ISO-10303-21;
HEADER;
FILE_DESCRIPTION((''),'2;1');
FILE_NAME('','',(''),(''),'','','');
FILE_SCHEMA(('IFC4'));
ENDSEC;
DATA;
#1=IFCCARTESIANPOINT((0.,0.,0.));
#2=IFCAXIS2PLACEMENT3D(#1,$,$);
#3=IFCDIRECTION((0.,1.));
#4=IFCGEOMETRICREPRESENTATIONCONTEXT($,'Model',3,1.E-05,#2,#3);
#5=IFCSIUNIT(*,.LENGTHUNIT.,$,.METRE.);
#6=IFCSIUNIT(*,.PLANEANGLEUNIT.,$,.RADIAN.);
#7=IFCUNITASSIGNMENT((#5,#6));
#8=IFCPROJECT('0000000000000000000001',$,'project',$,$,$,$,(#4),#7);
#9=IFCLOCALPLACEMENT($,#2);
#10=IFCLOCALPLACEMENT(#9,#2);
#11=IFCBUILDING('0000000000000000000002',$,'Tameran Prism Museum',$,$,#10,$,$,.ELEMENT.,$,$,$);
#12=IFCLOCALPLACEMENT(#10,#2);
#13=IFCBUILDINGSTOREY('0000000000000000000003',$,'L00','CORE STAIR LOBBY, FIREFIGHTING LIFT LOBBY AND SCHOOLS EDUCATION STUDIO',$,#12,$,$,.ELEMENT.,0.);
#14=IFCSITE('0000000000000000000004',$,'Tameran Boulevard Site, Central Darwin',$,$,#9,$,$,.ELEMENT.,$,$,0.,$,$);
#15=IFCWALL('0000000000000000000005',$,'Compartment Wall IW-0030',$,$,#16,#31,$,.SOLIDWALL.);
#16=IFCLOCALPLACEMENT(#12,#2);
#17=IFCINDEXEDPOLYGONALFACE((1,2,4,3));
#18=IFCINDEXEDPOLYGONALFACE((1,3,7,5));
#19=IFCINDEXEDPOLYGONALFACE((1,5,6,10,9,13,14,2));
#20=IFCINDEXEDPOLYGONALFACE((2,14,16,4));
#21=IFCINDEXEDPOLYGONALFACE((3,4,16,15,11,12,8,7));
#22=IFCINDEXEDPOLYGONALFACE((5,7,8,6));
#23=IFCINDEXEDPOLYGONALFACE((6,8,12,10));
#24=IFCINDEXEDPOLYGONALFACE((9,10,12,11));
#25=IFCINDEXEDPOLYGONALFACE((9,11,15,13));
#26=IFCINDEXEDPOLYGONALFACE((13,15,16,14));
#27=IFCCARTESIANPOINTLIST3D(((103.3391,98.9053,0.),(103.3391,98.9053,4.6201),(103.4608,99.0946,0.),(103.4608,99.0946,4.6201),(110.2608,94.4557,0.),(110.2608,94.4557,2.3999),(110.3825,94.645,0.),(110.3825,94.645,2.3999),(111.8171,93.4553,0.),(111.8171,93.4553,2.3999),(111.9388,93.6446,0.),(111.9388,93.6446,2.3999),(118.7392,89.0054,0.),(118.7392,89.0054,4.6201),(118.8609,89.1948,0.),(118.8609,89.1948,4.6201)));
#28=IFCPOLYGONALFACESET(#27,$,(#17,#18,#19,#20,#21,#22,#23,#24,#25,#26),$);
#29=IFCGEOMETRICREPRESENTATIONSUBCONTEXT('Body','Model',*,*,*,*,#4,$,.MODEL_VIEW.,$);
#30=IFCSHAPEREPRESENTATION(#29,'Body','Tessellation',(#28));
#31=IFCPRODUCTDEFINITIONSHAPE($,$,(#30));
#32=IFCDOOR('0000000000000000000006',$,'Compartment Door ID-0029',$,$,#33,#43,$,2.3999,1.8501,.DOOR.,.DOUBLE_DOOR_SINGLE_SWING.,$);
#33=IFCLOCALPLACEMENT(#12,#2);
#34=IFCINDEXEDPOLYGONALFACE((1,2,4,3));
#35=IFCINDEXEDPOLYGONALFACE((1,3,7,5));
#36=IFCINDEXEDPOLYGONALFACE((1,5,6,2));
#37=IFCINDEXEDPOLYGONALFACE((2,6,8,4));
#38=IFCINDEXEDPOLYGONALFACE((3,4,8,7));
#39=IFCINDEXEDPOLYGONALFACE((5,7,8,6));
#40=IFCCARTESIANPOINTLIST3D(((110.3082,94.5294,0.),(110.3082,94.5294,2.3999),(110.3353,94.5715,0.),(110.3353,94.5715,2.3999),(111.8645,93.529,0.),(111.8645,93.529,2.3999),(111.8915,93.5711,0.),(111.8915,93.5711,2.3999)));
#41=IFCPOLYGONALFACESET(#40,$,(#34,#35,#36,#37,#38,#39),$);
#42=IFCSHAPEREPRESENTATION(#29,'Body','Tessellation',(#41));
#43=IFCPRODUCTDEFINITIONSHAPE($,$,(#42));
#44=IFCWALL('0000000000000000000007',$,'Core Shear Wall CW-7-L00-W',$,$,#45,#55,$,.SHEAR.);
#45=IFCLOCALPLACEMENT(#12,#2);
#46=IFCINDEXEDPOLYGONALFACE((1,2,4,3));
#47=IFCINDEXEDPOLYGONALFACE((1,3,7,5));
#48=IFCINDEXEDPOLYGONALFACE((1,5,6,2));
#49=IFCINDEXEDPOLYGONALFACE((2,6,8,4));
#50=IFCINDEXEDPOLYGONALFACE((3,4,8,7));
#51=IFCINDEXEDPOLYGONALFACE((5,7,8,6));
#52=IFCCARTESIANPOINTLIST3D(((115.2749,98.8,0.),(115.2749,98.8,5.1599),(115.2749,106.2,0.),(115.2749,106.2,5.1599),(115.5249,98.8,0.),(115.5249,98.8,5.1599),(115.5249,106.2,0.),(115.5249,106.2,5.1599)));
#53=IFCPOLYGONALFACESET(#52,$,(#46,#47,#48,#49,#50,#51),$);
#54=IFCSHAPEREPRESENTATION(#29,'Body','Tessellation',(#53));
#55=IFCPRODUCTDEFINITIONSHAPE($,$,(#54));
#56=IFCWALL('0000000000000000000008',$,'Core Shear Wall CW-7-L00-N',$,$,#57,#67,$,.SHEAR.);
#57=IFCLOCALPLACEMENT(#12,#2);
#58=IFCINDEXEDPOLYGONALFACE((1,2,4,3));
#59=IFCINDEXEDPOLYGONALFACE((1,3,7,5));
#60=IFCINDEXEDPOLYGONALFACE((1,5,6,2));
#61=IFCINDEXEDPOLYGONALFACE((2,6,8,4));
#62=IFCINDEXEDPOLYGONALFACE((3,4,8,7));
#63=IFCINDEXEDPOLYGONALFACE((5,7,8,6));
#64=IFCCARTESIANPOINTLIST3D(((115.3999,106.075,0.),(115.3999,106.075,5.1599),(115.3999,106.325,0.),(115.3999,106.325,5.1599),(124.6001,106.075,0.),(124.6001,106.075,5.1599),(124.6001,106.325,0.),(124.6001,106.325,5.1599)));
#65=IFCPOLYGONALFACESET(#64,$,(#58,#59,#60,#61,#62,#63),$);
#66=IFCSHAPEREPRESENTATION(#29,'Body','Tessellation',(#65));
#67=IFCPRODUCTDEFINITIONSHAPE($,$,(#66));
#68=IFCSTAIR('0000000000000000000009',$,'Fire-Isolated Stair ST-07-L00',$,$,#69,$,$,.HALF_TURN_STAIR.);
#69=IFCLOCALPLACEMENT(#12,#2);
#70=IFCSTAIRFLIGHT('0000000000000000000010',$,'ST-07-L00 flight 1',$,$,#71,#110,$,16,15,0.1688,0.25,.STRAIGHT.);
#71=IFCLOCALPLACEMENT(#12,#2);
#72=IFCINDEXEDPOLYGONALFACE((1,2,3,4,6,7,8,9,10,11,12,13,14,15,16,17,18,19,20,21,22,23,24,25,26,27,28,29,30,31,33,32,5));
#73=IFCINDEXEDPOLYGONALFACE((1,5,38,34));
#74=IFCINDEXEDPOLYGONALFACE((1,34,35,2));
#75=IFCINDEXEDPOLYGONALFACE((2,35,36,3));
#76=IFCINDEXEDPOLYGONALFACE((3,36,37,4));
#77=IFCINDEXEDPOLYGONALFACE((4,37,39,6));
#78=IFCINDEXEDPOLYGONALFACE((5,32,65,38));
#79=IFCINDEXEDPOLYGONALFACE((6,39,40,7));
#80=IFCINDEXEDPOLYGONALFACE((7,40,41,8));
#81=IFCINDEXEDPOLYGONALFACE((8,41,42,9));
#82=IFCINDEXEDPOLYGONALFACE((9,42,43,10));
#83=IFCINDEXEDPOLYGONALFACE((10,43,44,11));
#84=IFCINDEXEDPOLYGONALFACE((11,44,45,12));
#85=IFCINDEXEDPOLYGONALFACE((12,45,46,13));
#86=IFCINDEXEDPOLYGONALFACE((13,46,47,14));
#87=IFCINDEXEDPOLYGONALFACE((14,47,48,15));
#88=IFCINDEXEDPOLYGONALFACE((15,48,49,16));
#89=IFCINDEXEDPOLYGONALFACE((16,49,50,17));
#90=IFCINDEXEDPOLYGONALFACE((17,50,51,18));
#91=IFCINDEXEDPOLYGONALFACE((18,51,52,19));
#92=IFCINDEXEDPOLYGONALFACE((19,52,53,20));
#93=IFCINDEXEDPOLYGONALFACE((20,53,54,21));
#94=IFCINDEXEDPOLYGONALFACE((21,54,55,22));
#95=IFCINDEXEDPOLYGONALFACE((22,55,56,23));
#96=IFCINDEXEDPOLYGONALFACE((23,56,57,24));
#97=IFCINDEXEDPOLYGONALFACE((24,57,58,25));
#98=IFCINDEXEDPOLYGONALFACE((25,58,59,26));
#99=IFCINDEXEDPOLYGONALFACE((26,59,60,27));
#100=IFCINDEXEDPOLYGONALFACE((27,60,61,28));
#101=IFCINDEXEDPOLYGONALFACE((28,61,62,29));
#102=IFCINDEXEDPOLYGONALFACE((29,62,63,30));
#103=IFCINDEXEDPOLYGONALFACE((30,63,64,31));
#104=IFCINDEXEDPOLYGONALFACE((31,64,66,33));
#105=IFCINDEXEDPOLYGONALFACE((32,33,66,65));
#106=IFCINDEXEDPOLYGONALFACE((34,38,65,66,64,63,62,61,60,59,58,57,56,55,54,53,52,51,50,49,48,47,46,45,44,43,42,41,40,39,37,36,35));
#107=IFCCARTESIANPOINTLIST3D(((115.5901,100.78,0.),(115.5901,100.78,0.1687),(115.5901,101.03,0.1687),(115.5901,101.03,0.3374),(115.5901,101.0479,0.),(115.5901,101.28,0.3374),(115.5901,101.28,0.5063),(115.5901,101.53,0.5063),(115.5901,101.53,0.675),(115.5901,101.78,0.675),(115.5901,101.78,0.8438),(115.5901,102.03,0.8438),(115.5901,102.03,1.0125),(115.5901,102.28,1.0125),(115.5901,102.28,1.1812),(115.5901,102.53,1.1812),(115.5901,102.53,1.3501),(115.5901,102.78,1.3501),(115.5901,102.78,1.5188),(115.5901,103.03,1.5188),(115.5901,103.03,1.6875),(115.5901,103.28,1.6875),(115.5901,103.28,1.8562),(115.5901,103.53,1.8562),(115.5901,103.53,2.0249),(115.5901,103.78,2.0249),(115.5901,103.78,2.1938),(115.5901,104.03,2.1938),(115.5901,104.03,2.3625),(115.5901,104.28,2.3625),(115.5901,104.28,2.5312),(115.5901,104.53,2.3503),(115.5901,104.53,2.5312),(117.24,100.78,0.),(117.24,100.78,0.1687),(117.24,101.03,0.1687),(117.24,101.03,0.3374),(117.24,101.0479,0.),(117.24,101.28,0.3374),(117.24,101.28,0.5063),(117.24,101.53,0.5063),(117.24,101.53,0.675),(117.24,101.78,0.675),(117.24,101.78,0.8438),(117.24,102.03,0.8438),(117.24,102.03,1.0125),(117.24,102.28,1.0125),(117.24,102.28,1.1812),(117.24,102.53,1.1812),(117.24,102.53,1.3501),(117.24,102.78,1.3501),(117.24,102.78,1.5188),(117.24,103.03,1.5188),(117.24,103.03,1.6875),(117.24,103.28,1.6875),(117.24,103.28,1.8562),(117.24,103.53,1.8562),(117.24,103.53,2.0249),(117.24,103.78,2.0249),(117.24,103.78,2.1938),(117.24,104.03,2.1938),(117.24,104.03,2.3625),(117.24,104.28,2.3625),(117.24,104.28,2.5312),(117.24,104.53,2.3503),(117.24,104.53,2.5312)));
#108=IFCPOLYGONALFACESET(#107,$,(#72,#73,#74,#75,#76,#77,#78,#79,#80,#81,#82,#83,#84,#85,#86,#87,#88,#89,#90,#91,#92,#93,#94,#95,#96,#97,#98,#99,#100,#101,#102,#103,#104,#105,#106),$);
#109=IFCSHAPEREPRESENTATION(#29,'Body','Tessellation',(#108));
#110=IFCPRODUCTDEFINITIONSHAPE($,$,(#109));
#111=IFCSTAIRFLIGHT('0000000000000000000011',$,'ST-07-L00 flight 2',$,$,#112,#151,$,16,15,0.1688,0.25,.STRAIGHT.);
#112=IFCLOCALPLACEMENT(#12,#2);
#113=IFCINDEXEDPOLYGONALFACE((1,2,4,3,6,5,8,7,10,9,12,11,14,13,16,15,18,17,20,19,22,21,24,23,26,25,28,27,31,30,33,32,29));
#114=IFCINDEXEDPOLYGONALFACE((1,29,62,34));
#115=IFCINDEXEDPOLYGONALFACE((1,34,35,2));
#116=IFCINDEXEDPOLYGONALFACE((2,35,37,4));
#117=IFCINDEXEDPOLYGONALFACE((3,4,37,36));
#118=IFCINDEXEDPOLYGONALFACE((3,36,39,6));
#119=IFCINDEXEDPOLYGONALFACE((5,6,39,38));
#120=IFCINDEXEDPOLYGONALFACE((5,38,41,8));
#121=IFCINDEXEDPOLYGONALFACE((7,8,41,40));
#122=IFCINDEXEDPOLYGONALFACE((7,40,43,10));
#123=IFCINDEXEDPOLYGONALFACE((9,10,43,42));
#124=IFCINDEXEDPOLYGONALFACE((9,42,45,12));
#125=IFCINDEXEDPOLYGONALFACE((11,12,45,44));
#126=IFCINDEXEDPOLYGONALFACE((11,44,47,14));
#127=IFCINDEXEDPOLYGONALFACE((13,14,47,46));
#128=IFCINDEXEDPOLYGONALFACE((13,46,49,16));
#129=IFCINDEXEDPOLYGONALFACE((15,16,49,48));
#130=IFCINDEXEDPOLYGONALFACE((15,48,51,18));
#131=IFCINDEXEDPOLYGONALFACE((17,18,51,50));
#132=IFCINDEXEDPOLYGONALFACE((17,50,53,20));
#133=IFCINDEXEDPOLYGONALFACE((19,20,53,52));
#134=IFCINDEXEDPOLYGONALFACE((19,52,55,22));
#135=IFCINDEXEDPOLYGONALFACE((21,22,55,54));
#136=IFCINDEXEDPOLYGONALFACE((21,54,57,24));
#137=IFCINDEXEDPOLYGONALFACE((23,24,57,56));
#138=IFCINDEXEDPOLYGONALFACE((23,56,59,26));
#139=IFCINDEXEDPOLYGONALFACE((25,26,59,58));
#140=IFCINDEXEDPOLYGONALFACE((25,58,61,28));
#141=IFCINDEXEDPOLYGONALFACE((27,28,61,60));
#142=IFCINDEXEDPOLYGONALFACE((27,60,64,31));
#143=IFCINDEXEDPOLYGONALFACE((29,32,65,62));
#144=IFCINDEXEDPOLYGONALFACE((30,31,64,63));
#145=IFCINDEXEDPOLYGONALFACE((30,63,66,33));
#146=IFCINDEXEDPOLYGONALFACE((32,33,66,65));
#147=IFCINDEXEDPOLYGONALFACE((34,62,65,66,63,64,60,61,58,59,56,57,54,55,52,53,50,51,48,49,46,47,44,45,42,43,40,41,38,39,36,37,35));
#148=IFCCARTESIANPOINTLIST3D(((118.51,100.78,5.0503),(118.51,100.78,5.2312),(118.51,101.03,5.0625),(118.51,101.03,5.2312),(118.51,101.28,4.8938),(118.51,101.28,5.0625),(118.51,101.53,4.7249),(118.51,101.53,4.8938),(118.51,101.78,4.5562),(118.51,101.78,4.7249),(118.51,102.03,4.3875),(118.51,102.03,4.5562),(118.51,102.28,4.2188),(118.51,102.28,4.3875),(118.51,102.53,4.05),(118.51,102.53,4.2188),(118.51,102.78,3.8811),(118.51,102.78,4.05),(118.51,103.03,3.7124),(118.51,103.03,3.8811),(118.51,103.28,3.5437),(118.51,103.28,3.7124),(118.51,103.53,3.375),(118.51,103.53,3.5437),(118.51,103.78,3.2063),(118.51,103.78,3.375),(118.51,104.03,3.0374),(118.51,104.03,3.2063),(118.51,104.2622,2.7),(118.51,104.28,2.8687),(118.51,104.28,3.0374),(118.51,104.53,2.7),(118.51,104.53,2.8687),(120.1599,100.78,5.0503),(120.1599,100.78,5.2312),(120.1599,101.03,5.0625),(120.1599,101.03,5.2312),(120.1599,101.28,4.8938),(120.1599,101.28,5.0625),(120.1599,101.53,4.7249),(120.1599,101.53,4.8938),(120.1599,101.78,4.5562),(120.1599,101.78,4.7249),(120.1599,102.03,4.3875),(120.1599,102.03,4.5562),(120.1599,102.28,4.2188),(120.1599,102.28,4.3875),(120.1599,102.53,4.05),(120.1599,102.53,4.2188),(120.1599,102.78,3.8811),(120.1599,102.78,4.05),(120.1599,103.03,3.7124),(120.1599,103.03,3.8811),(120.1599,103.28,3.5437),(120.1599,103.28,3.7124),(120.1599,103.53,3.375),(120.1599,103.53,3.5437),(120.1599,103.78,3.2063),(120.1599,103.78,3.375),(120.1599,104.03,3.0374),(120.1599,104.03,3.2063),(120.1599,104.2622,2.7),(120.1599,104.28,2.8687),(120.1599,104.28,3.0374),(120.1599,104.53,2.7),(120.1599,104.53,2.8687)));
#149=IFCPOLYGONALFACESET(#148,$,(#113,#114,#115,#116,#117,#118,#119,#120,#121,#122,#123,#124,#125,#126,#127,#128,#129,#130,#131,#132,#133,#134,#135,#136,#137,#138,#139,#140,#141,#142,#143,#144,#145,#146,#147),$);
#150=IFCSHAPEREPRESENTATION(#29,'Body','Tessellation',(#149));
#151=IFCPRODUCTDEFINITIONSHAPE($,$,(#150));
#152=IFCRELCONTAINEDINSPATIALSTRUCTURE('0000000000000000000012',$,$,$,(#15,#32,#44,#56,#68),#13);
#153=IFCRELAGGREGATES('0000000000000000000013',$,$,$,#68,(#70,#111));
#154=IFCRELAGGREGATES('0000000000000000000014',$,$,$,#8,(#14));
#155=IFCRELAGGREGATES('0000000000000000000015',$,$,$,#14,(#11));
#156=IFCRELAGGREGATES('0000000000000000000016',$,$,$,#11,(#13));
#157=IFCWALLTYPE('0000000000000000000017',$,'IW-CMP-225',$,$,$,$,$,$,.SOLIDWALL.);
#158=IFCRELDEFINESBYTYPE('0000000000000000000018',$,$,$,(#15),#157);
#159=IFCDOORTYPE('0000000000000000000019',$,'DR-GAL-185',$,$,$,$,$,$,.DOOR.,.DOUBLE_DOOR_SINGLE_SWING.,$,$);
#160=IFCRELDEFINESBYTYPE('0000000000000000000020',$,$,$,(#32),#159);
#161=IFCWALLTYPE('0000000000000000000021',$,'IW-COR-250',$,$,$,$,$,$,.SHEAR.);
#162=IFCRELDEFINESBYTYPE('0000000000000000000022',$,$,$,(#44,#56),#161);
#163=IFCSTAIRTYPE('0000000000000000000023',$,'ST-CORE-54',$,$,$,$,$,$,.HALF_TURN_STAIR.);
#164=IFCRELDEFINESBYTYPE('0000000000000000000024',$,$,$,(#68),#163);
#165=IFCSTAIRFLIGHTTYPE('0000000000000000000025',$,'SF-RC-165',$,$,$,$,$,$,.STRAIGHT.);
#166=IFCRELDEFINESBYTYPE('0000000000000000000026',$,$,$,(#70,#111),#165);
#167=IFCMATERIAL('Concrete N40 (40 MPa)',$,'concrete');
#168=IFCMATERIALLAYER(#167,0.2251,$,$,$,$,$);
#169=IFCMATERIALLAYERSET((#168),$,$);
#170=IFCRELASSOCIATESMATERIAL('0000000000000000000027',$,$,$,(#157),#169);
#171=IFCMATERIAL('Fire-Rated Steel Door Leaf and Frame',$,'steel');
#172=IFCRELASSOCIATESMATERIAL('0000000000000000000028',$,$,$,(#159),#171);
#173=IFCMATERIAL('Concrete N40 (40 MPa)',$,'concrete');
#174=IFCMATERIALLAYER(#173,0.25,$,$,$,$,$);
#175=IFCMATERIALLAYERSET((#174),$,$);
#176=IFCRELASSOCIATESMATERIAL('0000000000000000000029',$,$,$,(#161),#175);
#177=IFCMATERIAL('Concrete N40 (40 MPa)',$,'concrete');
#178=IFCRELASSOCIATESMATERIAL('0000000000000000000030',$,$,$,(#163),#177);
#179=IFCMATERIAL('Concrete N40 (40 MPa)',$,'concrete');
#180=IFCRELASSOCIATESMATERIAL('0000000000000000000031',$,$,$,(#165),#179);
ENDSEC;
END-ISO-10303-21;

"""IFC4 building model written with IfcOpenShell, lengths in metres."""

from ifc_helpers import new_model, si_unit, direction, frame, frame_2d, origin, place, context, subcontext, project, spatial, polyline, rectangle, outline, extrude, material, layer, layer_set, type_object, element, fill, aggregate, save


model = new_model("IFC4")

# Units and contexts
model_context = context("Model", 3, precision=1e-05, world=origin(), true_north=direction((0.0, 1.0)))
body_context = subcontext(model_context, "Body", "Model", "MODEL_VIEW")
ifc_project = project(units=[si_unit("LENGTHUNIT", "METRE"), si_unit("PLANEANGLEUNIT", "RADIAN")], contexts=[model_context])

# Site, building, storey
site_placement = place(None, origin())
site = spatial("IfcSite", under=ifc_project, at=site_placement, Name="Tameran Boulevard Site, Central Darwin", CompositionType="ELEMENT", RefElevation=0.0)
building_placement = place(site_placement, origin())
building = spatial("IfcBuilding", under=site, at=building_placement, Name="Tameran Prism Museum", CompositionType="ELEMENT")
storey_placement = place(building_placement, origin())
storey = spatial("IfcBuildingStorey", under=building, at=storey_placement, Name="L00", Description="CORE STAIR LOBBY, FIREFIGHTING LIFT LOBBY AND SCHOOLS EDUCATION STUDIO", CompositionType="ELEMENT", Elevation=0.0)

# Wall, opening, door
ifc_material_1 = material(Name="Concrete N40 (40 MPa)", Category="concrete")
ifc_layer_1 = layer(ifc_material_1, 0.2251)
ifc_layer_set_1 = layer_set([ifc_layer_1])
wall_type_1 = type_object("IfcWallType", Name="IW-CMP-225", PredefinedType="SOLIDWALL", material=ifc_layer_set_1)
wall_1_placement = place(storey_placement, frame((118.8, 89.1001, 0.0), z_axis=(0.0, 0.0, 1.0), x_axis=(-0.841183, 0.54075, 0.0)))
wall_1 = element("IfcWall", 1, at=wall_1_placement, inside=storey, type_object=wall_type_1, Name="Compartment Wall IW-0030", PredefinedType="SOLIDWALL", context=body_context, shape_type="SweptSolid", body=[
    extrude(rectangle(XDim=18.3076, YDim=0.2251, at=frame_2d((9.1538, 0.0))), origin(), (0.0, 0.0, 1.0), 4.6201),
])
opening_placement = place(wall_1_placement, frame((8.229, 0.0, 0.0)))
opening = element("IfcOpeningElement", 2, at=opening_placement, cuts=wall_1, PredefinedType="OPENING", context=body_context, shape_type="SweptSolid", body=[
    extrude(rectangle(XDim=1.8501, YDim=2.3999, at=frame_2d((0.925, 1.2))), frame((0.0, 0.1226, 0.0), z_axis=(0.0, -1.0, 0.0), x_axis=(1.0, 0.0, 0.0)), (0.0, 0.0, 1.0), 0.2451),
])
ifc_material_2 = material(Name="Fire-Rated Steel Door Leaf and Frame", Category="steel")
door_type = type_object("IfcDoorType", Name="DR-GAL-185", OperationType="DOUBLE_DOOR_SINGLE_SWING", PredefinedType="DOOR", material=ifc_material_2)
door_placement = place(opening_placement, origin())
door = element("IfcDoor", 3, at=door_placement, inside=storey, type_object=door_type, Name="Compartment Door ID-0029", OperationType="DOUBLE_DOOR_SINGLE_SWING", OverallHeight=2.3999, OverallWidth=1.8501, PredefinedType="DOOR", context=body_context, shape_type="SweptSolid", body=[
    extrude(rectangle(XDim=1.8501, YDim=2.3999, at=frame_2d((0.925, 1.2))), frame((0.0, 0.0249, 0.0), z_axis=(0.0, -1.0, 0.0), x_axis=(1.0, 0.0, 0.0)), (0.0, 0.0, 1.0), 0.05),
])
fill(opening, door)

# Walls
ifc_material_3 = material(Name="Concrete N40 (40 MPa)", Category="concrete")
ifc_layer_2 = layer(ifc_material_3, 0.25)
ifc_layer_set_2 = layer_set([ifc_layer_2])
wall_type_2 = type_object("IfcWallType", Name="IW-COR-250", PredefinedType="SHEAR", material=ifc_layer_set_2)
wall_2_placement = place(storey_placement, frame((115.3999, 98.8, 0.0), z_axis=(0.0, 0.0, 1.0), x_axis=(0.0, 1.0, 0.0)))
element("IfcWall", 4, at=wall_2_placement, inside=storey, type_object=wall_type_2, Name="Core Shear Wall CW-7-L00-W", PredefinedType="SHEAR", context=body_context, shape_type="SweptSolid", body=[
    extrude(rectangle(XDim=7.3999, YDim=0.25, at=frame_2d((3.7, 0.0))), origin(), (0.0, 0.0, 1.0), 5.1599),
])
wall_3_placement = place(storey_placement, frame((115.3999, 106.2, 0.0), z_axis=(0.0, 0.0, 1.0), x_axis=(1.0, 0.0, 0.0)))
element("IfcWall", 5, at=wall_3_placement, inside=storey, type_object=wall_type_2, Name="Core Shear Wall CW-7-L00-N", PredefinedType="SHEAR", context=body_context, shape_type="SweptSolid", body=[
    extrude(rectangle(XDim=9.2002, YDim=0.25, at=frame_2d((4.6001, 0.0))), origin(), (0.0, 0.0, 1.0), 5.1599),
])

# Stair, stair flights
ifc_material_4 = material(Name="Concrete N40 (40 MPa)", Category="concrete")
stair_type = type_object("IfcStairType", Name="ST-CORE-54", PredefinedType="HALF_TURN_STAIR", material=ifc_material_4)
stair_placement = place(storey_placement, origin())
stair = element("IfcStair", 6, at=stair_placement, inside=storey, type_object=stair_type, Name="Fire-Isolated Stair ST-07-L00", PredefinedType="HALF_TURN_STAIR")
ifc_material_5 = material(Name="Concrete N40 (40 MPa)", Category="concrete")
stair_flight_type = type_object("IfcStairFlightType", Name="SF-RC-165", PredefinedType="STRAIGHT", material=ifc_material_5)
stair_flight_1_placement = place(storey_placement, frame((116.415, 100.78, 0.0), z_axis=(0.0, 0.0, 1.0), x_axis=(0.0, 1.0, 0.0)))
stair_flight_1 = element("IfcStairFlight", 7, at=stair_flight_1_placement, type_object=stair_flight_type, Name="ST-07-L00 flight 1", NumberOfRisers=16, NumberOfTreads=15, PredefinedType="STRAIGHT", RiserHeight=0.1688, TreadLength=0.25, context=body_context, shape_type="SweptSolid", body=[
    extrude(outline(polyline([(0.0, 0.0), (0.0, 0.1687), (0.25, 0.1687), (0.25, 0.3374), (0.5, 0.3374), (0.5, 0.5063), (0.75, 0.5063), (0.75, 0.675), (1.0, 0.675), (1.0, 0.8438), (1.25, 0.8438), (1.25, 1.0125), (1.5, 1.0125), (1.5, 1.1812), (1.75, 1.1812), (1.75, 1.3501), (2.0, 1.3501), (2.0, 1.5188), (2.25, 1.5188), (2.25, 1.6875), (2.5, 1.6875), (2.5, 1.8562), (2.75, 1.8562), (2.75, 2.0249), (3.0, 2.0249), (3.0, 2.1938), (3.25, 2.1938), (3.25, 2.3625), (3.5, 2.3625), (3.5, 2.5312), (3.75, 2.5312), (3.75, 2.7), (3.75, 2.3503), (0.2678, 0.0), (0.0, 0.0)])), frame((0.0, 0.825, 0.0), z_axis=(0.0, -1.0, 0.0), x_axis=(1.0, 0.0, 0.0)), (0.0, 0.0, 1.0), 1.6499),
])
stair_flight_2_placement = place(storey_placement, frame((119.335, 104.53, 2.7), z_axis=(0.0, 0.0, 1.0), x_axis=(0.0, -1.0, 0.0)))
stair_flight_2 = element("IfcStairFlight", 8, at=stair_flight_2_placement, type_object=stair_flight_type, Name="ST-07-L00 flight 2", NumberOfRisers=16, NumberOfTreads=15, PredefinedType="STRAIGHT", RiserHeight=0.1688, TreadLength=0.25, context=body_context, shape_type="SweptSolid", body=[
    extrude(outline(polyline([(0.0, 0.0), (0.0, 0.1687), (0.25, 0.1687), (0.25, 0.3374), (0.5, 0.3374), (0.5, 0.5063), (0.75, 0.5063), (0.75, 0.675), (1.0, 0.675), (1.0, 0.8438), (1.25, 0.8438), (1.25, 1.0125), (1.5, 1.0125), (1.5, 1.1812), (1.75, 1.1812), (1.75, 1.3501), (2.0, 1.3501), (2.0, 1.5188), (2.25, 1.5188), (2.25, 1.6875), (2.5, 1.6875), (2.5, 1.8562), (2.75, 1.8562), (2.75, 2.0249), (3.0, 2.0249), (3.0, 2.1938), (3.25, 2.1938), (3.25, 2.3625), (3.5, 2.3625), (3.5, 2.5312), (3.75, 2.5312), (3.75, 2.7), (3.75, 2.3503), (0.2678, 0.0), (0.0, 0.0)])), frame((0.0, 0.825, 0.0), z_axis=(0.0, -1.0, 0.0), x_axis=(1.0, 0.0, 0.0)), (0.0, 0.0, 1.0), 1.6499),
])
aggregate(stair, [stair_flight_1, stair_flight_2])

save(model, "model.ifc")
